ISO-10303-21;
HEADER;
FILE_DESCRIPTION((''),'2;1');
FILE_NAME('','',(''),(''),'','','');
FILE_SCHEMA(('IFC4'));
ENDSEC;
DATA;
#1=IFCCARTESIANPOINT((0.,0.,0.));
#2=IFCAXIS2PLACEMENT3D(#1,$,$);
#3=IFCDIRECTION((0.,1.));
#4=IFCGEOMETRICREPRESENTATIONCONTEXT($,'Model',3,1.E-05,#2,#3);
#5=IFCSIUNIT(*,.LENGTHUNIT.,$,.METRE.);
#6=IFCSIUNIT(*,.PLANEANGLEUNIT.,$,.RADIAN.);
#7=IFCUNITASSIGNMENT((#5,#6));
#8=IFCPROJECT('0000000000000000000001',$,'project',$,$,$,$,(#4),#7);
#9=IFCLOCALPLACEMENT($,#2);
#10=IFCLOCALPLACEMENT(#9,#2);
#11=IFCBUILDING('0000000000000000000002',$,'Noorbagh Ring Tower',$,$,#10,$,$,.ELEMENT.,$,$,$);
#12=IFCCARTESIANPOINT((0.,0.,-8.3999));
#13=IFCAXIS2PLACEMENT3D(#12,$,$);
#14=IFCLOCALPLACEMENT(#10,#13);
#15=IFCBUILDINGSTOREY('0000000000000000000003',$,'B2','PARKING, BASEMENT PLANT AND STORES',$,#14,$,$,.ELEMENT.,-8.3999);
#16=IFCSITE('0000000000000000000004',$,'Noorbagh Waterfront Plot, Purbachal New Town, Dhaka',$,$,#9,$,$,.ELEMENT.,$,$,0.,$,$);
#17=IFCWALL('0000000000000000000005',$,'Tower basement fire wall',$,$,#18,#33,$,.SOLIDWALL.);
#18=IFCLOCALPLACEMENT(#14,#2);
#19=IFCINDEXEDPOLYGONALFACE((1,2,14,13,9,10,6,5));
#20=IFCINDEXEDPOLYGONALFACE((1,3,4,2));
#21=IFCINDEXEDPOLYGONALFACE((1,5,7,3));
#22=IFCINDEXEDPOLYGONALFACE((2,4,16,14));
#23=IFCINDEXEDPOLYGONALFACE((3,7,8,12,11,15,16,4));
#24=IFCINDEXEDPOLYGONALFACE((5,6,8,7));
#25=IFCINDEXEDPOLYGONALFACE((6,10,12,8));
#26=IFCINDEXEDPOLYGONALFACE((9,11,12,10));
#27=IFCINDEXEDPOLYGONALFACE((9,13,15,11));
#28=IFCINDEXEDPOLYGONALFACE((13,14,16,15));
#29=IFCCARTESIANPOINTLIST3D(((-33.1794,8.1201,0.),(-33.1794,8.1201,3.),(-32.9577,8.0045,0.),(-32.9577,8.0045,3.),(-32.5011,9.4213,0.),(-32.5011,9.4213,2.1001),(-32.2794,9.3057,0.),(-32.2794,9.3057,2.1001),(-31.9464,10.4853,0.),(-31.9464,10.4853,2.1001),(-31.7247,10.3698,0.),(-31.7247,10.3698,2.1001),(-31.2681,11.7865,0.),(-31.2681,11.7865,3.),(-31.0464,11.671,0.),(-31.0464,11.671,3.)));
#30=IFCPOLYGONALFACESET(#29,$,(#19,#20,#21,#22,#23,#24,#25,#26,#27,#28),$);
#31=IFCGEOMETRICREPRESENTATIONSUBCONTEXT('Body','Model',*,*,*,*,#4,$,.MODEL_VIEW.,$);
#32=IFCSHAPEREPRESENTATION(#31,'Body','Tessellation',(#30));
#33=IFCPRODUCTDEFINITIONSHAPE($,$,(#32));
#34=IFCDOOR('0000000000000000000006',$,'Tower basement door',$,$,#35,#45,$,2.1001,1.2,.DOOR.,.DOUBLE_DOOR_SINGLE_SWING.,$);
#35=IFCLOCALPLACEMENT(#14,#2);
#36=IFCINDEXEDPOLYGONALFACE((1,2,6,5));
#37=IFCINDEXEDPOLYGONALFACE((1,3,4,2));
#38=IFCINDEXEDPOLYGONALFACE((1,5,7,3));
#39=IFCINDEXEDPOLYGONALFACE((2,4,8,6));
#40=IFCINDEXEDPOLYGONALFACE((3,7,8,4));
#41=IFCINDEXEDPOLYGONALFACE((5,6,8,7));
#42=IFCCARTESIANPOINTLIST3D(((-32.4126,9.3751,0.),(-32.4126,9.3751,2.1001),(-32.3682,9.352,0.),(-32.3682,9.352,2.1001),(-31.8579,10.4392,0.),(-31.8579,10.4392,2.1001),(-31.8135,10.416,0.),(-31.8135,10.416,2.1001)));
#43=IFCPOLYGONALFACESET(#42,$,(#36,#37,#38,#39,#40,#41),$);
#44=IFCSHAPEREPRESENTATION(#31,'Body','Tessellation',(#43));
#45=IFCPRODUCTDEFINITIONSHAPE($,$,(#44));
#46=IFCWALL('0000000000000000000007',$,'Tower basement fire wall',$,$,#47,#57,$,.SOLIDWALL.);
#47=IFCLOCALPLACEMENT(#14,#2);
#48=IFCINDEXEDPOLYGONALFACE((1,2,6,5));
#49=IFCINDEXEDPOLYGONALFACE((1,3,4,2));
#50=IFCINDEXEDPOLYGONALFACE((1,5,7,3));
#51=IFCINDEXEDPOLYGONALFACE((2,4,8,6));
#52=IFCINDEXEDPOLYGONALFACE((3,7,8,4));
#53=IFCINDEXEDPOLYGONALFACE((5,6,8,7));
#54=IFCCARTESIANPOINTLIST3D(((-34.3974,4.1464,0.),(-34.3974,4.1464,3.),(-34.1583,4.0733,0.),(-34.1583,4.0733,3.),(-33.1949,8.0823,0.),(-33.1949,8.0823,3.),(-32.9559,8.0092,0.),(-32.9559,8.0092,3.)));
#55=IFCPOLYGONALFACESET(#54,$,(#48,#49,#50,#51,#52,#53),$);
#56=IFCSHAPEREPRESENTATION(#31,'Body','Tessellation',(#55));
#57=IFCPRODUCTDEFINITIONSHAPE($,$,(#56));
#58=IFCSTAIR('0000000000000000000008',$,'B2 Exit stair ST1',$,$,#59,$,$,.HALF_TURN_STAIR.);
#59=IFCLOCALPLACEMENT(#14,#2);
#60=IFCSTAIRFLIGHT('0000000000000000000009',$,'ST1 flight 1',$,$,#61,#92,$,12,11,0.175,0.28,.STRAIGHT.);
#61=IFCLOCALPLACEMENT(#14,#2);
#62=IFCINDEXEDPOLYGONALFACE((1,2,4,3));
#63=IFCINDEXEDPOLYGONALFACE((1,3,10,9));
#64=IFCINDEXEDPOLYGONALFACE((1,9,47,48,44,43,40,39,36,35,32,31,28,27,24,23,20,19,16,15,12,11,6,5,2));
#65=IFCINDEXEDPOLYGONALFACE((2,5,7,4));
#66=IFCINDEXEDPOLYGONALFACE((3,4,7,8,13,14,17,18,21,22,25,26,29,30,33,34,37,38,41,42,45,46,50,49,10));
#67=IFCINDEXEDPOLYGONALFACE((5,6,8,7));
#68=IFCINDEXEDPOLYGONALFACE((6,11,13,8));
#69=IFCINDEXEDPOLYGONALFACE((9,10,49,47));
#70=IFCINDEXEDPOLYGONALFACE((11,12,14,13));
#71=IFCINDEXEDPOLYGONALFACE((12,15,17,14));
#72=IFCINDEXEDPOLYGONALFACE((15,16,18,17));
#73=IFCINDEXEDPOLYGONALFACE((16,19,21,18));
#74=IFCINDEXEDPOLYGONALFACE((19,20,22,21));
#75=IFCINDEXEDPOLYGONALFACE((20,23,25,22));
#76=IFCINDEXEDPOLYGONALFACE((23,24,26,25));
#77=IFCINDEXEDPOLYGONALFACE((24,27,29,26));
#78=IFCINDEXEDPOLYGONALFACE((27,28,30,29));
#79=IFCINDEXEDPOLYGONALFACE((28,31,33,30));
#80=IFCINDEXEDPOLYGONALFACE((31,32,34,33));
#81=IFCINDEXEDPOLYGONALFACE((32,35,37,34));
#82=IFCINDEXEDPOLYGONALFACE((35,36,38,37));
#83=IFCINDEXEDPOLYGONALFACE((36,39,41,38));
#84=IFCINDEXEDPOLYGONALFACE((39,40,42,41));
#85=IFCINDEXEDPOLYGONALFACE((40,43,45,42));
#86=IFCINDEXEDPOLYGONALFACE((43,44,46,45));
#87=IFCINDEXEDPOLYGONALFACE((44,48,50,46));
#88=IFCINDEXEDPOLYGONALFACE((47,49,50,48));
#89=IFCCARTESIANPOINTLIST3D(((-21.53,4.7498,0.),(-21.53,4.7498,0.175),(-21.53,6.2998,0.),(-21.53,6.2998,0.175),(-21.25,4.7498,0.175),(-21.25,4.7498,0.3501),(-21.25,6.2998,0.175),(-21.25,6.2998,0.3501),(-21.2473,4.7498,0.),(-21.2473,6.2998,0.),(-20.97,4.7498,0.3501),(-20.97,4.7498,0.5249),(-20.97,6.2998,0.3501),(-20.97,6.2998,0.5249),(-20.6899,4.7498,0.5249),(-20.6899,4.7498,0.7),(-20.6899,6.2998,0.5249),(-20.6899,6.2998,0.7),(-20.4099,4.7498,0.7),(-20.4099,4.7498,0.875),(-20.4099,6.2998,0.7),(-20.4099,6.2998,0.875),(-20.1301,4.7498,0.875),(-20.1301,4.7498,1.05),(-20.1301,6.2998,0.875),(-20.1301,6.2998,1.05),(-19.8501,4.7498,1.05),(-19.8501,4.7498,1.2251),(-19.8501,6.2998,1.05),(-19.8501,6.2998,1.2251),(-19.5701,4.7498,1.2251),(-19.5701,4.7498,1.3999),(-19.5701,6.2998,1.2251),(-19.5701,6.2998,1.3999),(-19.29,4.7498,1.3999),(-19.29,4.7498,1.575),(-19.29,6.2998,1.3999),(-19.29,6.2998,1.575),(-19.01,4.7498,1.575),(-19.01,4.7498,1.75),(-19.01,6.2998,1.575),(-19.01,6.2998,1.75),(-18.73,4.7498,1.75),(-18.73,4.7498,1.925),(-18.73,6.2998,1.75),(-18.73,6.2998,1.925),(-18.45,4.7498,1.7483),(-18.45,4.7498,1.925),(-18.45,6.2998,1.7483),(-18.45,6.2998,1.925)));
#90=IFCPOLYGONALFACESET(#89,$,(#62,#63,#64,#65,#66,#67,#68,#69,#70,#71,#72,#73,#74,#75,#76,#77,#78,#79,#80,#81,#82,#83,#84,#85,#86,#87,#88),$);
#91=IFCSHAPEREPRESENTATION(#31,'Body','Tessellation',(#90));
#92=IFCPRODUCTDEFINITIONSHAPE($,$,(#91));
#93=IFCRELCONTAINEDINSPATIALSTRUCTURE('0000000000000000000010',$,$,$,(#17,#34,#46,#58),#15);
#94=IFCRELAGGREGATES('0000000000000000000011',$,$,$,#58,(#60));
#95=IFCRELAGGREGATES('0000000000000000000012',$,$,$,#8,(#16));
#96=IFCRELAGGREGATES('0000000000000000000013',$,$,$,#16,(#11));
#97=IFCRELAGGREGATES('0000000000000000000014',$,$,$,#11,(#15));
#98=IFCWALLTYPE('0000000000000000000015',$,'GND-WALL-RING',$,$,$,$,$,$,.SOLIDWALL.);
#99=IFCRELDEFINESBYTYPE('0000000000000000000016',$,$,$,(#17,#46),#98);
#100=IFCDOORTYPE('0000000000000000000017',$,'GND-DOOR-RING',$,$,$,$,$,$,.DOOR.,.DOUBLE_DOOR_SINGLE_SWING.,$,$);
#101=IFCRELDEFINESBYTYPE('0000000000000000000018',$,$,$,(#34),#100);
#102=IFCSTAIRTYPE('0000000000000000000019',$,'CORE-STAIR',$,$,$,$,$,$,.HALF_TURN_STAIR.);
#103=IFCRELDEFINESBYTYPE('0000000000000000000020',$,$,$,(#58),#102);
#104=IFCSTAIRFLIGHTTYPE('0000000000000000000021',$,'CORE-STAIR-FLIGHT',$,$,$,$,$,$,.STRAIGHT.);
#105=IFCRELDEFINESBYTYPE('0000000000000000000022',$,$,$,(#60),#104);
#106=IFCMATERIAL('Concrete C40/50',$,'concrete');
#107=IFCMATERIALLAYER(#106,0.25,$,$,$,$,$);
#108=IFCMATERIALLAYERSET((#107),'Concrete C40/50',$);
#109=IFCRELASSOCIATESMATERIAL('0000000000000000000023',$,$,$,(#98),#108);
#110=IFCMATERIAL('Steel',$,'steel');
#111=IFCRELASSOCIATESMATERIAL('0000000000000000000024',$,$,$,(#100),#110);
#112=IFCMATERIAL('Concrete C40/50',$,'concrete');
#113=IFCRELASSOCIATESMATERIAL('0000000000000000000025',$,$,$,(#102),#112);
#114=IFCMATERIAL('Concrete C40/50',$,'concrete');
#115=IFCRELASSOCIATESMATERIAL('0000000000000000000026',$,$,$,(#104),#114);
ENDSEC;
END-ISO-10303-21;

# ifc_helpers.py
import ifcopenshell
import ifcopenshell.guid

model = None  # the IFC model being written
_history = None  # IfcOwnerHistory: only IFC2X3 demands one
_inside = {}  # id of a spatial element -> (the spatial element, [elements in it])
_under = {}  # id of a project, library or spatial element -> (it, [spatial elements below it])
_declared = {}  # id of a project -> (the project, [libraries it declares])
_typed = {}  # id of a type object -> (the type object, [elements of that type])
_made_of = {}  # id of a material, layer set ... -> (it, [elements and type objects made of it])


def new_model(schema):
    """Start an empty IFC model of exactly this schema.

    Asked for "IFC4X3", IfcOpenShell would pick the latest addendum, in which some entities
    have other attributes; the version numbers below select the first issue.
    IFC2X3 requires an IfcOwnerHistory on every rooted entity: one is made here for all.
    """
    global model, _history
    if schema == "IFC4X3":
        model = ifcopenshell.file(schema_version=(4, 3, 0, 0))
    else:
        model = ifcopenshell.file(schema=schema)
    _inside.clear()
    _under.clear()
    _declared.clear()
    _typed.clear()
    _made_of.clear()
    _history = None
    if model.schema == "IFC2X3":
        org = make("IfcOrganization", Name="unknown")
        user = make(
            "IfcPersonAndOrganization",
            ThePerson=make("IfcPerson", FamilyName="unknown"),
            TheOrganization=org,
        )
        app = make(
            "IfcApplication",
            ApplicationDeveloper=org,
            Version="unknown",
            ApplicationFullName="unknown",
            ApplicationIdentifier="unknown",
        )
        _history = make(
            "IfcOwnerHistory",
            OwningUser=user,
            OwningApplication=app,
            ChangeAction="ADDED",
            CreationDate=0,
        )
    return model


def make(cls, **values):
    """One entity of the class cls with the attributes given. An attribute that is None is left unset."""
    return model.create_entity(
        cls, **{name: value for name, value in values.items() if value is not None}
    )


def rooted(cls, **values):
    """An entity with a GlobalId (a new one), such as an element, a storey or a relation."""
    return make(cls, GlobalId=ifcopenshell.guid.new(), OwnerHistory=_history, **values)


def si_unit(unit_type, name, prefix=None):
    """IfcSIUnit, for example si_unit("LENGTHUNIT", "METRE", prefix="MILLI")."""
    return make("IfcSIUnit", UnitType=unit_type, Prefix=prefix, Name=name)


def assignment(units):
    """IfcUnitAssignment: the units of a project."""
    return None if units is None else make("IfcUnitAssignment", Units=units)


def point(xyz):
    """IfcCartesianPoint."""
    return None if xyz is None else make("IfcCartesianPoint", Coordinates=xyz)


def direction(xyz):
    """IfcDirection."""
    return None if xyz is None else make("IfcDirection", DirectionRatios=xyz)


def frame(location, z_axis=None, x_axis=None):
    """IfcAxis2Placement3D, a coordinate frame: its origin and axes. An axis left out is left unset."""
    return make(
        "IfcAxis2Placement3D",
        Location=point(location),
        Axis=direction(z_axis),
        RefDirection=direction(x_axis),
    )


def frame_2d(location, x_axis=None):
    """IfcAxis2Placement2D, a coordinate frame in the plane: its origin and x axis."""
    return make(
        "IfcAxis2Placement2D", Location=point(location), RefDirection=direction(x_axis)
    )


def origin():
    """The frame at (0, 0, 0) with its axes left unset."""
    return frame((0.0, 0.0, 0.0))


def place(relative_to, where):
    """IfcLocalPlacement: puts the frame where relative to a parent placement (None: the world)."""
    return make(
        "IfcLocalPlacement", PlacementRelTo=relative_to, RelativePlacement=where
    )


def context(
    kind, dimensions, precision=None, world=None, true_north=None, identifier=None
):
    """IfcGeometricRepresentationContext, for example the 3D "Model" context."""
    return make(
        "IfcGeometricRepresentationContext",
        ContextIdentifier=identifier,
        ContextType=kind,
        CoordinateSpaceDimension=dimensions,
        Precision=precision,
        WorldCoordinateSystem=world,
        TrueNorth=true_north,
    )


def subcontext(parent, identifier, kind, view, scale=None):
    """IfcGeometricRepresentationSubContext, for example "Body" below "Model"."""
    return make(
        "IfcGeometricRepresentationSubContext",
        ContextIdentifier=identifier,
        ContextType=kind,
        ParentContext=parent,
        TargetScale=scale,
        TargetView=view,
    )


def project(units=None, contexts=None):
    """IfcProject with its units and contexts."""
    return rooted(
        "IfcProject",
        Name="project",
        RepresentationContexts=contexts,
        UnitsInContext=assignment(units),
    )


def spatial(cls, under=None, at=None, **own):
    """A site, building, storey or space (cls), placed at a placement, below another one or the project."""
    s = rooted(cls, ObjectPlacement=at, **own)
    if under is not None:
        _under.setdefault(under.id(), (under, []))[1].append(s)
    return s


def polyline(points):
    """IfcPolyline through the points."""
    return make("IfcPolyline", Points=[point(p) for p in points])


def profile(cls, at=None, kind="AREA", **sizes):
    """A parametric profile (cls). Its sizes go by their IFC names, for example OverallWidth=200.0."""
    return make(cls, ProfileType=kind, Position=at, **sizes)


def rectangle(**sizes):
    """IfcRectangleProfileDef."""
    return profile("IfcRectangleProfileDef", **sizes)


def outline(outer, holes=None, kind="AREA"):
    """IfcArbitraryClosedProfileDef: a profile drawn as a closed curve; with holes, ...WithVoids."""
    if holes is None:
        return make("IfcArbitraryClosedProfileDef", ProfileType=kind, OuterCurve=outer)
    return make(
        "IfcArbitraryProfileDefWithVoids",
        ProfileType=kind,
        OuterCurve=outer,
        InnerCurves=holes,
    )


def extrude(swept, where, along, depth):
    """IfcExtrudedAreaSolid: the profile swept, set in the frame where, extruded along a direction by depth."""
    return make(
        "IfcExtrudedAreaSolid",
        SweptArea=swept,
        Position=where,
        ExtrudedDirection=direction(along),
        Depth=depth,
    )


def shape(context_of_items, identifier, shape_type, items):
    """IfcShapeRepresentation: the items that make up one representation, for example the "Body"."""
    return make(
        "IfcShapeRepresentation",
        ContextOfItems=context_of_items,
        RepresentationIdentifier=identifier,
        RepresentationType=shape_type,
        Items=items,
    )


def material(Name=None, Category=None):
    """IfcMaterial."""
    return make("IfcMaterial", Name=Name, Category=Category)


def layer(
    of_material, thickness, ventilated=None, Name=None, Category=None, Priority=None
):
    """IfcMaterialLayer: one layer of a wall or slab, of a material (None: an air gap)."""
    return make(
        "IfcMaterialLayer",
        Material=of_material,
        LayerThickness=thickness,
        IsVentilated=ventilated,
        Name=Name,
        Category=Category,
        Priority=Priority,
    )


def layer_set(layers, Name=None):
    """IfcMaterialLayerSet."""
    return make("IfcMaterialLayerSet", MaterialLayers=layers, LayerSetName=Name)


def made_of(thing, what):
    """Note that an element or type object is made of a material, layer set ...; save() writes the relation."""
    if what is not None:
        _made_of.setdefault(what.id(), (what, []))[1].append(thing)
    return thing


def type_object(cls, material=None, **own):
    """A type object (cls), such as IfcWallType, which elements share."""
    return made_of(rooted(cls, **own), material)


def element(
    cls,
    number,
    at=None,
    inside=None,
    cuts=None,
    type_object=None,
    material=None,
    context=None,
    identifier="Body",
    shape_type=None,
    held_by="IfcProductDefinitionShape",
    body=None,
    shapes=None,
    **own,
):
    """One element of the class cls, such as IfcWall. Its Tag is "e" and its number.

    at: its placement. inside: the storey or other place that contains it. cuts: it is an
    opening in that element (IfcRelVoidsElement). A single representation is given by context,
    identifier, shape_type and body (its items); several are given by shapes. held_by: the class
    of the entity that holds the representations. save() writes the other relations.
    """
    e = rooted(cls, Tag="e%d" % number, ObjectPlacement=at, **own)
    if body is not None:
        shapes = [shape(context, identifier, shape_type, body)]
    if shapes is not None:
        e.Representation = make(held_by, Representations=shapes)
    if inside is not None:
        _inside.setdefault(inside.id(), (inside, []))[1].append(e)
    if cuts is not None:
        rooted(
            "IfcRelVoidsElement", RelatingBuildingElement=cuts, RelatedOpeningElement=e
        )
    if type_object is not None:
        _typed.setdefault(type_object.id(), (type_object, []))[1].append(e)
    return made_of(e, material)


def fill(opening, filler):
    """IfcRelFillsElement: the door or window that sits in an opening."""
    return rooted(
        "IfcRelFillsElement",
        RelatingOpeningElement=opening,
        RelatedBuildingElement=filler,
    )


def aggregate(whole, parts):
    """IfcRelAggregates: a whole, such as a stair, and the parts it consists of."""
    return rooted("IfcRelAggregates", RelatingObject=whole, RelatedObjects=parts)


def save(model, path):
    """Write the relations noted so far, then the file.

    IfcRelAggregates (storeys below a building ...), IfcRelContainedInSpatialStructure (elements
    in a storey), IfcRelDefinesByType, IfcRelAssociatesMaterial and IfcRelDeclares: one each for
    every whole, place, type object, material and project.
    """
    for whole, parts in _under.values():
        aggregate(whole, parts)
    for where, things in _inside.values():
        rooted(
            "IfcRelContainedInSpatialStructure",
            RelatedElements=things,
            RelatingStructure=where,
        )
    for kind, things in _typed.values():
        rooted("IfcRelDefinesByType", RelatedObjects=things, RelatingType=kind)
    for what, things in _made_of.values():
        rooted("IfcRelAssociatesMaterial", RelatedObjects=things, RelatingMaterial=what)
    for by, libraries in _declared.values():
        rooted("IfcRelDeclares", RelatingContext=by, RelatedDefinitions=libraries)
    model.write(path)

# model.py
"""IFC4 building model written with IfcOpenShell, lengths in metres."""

from ifc_helpers import new_model, si_unit, direction, frame, frame_2d, origin, place, context, subcontext, project, spatial, polyline, rectangle, outline, extrude, material, layer, layer_set, type_object, element, fill, aggregate, save


model = new_model("IFC4")

# Units and contexts
model_context = context("Model", 3, precision=1e-05, world=origin(), true_north=direction((0.0, 1.0)))
body_context = subcontext(model_context, "Body", "Model", "MODEL_VIEW")
ifc_project = project(units=[si_unit("LENGTHUNIT", "METRE"), si_unit("PLANEANGLEUNIT", "RADIAN")], contexts=[model_context])

# Site, building, storey
site_placement = place(None, origin())
site = spatial("IfcSite", under=ifc_project, at=site_placement, Name="Noorbagh Waterfront Plot, Purbachal New Town, Dhaka", CompositionType="ELEMENT", RefElevation=0.0)
building_placement = place(site_placement, origin())
building = spatial("IfcBuilding", under=site, at=building_placement, Name="Noorbagh Ring Tower", CompositionType="ELEMENT")
storey_placement = place(building_placement, frame((0.0, 0.0, -8.3999)))
storey = spatial("IfcBuildingStorey", under=building, at=storey_placement, Name="B2", Description="PARKING, BASEMENT PLANT AND STORES", CompositionType="ELEMENT", Elevation=-8.3999)

# Wall, opening, door
ifc_material_1 = material(Name="Concrete C40/50", Category="concrete")
ifc_layer_1 = layer(ifc_material_1, 0.25)
ifc_layer_set_1 = layer_set([ifc_layer_1], Name="Concrete C40/50")
wall_type_1 = type_object("IfcWallType", Name="GND-WALL-RING", PredefinedType="SOLIDWALL", material=ifc_layer_set_1)
wall_1_placement = place(storey_placement, frame((-31.1572, 11.7288, 0.0), z_axis=(0.0, 0.0, 1.0), x_axis=(-0.462265, -0.886742, 0.0)))
wall_1 = element("IfcWall", 1, at=wall_1_placement, inside=storey, type_object=wall_type_1, Name="Tower basement fire wall", PredefinedType="SOLIDWALL", context=body_context, shape_type="SweptSolid", body=[
    extrude(rectangle(XDim=4.1348, YDim=0.25, at=frame_2d((2.0674, 0.0))), origin(), (0.0, 0.0, 1.0), 3.0),
])
opening_1_placement = place(wall_1_placement, frame((1.4673, 0.0, 0.0)))
opening_1 = element("IfcOpeningElement", 2, at=opening_1_placement, cuts=wall_1, PredefinedType="OPENING", context=body_context, shape_type="SweptSolid", body=[
    extrude(rectangle(XDim=1.2, YDim=2.1001, at=frame_2d((0.6001, 1.05))), frame((0.0, 0.135, 0.0), z_axis=(0.0, -1.0, 0.0), x_axis=(1.0, 0.0, 0.0)), (0.0, 0.0, 1.0), 0.27),
])
ifc_material_2 = material(Name="Steel", Category="steel")
door_type_1 = type_object("IfcDoorType", Name="GND-DOOR-RING", OperationType="DOUBLE_DOOR_SINGLE_SWING", PredefinedType="DOOR", material=ifc_material_2)
door_1_placement = place(opening_1_placement, origin())
door_1 = element("IfcDoor", 3, at=door_1_placement, inside=storey, type_object=door_type_1, Name="Tower basement door", OperationType="DOUBLE_DOOR_SINGLE_SWING", OverallHeight=2.1001, OverallWidth=1.2, PredefinedType="DOOR", context=body_context, shape_type="SweptSolid", body=[
    extrude(rectangle(XDim=1.2, YDim=2.1001, at=frame_2d((0.6001, 1.05))), frame((0.0, 0.0249, 0.0), z_axis=(0.0, -1.0, 0.0), x_axis=(1.0, 0.0, 0.0)), (0.0, 0.0, 1.0), 0.05),
])
fill(opening_1, door_1)

# Wall
wall_2_placement = place(storey_placement, frame((-33.0754, 8.0457, 0.0), z_axis=(0.0, 0.0, 1.0), x_axis=(-0.292172, -0.956366, 0.0)))
element("IfcWall", 4, at=wall_2_placement, inside=storey, type_object=wall_type_1, Name="Tower basement fire wall", PredefinedType="SOLIDWALL", context=body_context, shape_type="SweptSolid", body=[
    extrude(rectangle(XDim=4.1155, YDim=0.25, at=frame_2d((2.0576, 0.0))), origin(), (0.0, 0.0, 1.0), 3.0),
])

# Stair, stair flight
ifc_material_3 = material(Name="Concrete C40/50", Category="concrete")
stair_type = type_object("IfcStairType", Name="CORE-STAIR", PredefinedType="HALF_TURN_STAIR", material=ifc_material_3)
stair_placement = place(storey_placement, origin())
stair = element("IfcStair", 5, at=stair_placement, inside=storey, type_object=stair_type, Name="B2 Exit stair ST1", PredefinedType="HALF_TURN_STAIR")
ifc_material_4 = material(Name="Concrete C40/50", Category="concrete")
stair_flight_type = type_object("IfcStairFlightType", Name="CORE-STAIR-FLIGHT", PredefinedType="STRAIGHT", material=ifc_material_4)
stair_flight_placement = place(storey_placement, frame((-21.53, 5.5249, 0.0), z_axis=(0.0, 0.0, 1.0), x_axis=(1.0, 0.0, 0.0)))
stair_flight = element("IfcStairFlight", 6, at=stair_flight_placement, type_object=stair_flight_type, Name="ST1 flight 1", NumberOfRisers=12, NumberOfTreads=11, PredefinedType="STRAIGHT", RiserHeight=0.175, TreadLength=0.28, context=body_context, shape_type="SweptSolid", body=[
    extrude(outline(polyline([(0.0, 0.0), (0.0, 0.175), (0.28, 0.175), (0.28, 0.3501), (0.5601, 0.3501), (0.5601, 0.5249), (0.8401, 0.5249), (0.8401, 0.7), (1.1201, 0.7), (1.1201, 0.875), (1.3999, 0.875), (1.3999, 1.05), (1.6799, 1.05), (1.6799, 1.2251), (1.96, 1.2251), (1.96, 1.3999), (2.24, 1.3999), (2.24, 1.575), (2.52, 1.575), (2.52, 1.75), (2.8, 1.75), (2.8, 1.925), (3.0801, 1.925), (3.0801, 2.1001), (3.0801, 1.7483), (0.2827, 0.0), (0.0, 0.0)])), frame((0.0, 0.7749, 0.0), z_axis=(0.0, -1.0, 0.0), x_axis=(1.0, 0.0, 0.0)), (0.0, 0.0, 1.0), 1.55),
])
aggregate(stair, [stair_flight])

save(model, "model.ifc")
